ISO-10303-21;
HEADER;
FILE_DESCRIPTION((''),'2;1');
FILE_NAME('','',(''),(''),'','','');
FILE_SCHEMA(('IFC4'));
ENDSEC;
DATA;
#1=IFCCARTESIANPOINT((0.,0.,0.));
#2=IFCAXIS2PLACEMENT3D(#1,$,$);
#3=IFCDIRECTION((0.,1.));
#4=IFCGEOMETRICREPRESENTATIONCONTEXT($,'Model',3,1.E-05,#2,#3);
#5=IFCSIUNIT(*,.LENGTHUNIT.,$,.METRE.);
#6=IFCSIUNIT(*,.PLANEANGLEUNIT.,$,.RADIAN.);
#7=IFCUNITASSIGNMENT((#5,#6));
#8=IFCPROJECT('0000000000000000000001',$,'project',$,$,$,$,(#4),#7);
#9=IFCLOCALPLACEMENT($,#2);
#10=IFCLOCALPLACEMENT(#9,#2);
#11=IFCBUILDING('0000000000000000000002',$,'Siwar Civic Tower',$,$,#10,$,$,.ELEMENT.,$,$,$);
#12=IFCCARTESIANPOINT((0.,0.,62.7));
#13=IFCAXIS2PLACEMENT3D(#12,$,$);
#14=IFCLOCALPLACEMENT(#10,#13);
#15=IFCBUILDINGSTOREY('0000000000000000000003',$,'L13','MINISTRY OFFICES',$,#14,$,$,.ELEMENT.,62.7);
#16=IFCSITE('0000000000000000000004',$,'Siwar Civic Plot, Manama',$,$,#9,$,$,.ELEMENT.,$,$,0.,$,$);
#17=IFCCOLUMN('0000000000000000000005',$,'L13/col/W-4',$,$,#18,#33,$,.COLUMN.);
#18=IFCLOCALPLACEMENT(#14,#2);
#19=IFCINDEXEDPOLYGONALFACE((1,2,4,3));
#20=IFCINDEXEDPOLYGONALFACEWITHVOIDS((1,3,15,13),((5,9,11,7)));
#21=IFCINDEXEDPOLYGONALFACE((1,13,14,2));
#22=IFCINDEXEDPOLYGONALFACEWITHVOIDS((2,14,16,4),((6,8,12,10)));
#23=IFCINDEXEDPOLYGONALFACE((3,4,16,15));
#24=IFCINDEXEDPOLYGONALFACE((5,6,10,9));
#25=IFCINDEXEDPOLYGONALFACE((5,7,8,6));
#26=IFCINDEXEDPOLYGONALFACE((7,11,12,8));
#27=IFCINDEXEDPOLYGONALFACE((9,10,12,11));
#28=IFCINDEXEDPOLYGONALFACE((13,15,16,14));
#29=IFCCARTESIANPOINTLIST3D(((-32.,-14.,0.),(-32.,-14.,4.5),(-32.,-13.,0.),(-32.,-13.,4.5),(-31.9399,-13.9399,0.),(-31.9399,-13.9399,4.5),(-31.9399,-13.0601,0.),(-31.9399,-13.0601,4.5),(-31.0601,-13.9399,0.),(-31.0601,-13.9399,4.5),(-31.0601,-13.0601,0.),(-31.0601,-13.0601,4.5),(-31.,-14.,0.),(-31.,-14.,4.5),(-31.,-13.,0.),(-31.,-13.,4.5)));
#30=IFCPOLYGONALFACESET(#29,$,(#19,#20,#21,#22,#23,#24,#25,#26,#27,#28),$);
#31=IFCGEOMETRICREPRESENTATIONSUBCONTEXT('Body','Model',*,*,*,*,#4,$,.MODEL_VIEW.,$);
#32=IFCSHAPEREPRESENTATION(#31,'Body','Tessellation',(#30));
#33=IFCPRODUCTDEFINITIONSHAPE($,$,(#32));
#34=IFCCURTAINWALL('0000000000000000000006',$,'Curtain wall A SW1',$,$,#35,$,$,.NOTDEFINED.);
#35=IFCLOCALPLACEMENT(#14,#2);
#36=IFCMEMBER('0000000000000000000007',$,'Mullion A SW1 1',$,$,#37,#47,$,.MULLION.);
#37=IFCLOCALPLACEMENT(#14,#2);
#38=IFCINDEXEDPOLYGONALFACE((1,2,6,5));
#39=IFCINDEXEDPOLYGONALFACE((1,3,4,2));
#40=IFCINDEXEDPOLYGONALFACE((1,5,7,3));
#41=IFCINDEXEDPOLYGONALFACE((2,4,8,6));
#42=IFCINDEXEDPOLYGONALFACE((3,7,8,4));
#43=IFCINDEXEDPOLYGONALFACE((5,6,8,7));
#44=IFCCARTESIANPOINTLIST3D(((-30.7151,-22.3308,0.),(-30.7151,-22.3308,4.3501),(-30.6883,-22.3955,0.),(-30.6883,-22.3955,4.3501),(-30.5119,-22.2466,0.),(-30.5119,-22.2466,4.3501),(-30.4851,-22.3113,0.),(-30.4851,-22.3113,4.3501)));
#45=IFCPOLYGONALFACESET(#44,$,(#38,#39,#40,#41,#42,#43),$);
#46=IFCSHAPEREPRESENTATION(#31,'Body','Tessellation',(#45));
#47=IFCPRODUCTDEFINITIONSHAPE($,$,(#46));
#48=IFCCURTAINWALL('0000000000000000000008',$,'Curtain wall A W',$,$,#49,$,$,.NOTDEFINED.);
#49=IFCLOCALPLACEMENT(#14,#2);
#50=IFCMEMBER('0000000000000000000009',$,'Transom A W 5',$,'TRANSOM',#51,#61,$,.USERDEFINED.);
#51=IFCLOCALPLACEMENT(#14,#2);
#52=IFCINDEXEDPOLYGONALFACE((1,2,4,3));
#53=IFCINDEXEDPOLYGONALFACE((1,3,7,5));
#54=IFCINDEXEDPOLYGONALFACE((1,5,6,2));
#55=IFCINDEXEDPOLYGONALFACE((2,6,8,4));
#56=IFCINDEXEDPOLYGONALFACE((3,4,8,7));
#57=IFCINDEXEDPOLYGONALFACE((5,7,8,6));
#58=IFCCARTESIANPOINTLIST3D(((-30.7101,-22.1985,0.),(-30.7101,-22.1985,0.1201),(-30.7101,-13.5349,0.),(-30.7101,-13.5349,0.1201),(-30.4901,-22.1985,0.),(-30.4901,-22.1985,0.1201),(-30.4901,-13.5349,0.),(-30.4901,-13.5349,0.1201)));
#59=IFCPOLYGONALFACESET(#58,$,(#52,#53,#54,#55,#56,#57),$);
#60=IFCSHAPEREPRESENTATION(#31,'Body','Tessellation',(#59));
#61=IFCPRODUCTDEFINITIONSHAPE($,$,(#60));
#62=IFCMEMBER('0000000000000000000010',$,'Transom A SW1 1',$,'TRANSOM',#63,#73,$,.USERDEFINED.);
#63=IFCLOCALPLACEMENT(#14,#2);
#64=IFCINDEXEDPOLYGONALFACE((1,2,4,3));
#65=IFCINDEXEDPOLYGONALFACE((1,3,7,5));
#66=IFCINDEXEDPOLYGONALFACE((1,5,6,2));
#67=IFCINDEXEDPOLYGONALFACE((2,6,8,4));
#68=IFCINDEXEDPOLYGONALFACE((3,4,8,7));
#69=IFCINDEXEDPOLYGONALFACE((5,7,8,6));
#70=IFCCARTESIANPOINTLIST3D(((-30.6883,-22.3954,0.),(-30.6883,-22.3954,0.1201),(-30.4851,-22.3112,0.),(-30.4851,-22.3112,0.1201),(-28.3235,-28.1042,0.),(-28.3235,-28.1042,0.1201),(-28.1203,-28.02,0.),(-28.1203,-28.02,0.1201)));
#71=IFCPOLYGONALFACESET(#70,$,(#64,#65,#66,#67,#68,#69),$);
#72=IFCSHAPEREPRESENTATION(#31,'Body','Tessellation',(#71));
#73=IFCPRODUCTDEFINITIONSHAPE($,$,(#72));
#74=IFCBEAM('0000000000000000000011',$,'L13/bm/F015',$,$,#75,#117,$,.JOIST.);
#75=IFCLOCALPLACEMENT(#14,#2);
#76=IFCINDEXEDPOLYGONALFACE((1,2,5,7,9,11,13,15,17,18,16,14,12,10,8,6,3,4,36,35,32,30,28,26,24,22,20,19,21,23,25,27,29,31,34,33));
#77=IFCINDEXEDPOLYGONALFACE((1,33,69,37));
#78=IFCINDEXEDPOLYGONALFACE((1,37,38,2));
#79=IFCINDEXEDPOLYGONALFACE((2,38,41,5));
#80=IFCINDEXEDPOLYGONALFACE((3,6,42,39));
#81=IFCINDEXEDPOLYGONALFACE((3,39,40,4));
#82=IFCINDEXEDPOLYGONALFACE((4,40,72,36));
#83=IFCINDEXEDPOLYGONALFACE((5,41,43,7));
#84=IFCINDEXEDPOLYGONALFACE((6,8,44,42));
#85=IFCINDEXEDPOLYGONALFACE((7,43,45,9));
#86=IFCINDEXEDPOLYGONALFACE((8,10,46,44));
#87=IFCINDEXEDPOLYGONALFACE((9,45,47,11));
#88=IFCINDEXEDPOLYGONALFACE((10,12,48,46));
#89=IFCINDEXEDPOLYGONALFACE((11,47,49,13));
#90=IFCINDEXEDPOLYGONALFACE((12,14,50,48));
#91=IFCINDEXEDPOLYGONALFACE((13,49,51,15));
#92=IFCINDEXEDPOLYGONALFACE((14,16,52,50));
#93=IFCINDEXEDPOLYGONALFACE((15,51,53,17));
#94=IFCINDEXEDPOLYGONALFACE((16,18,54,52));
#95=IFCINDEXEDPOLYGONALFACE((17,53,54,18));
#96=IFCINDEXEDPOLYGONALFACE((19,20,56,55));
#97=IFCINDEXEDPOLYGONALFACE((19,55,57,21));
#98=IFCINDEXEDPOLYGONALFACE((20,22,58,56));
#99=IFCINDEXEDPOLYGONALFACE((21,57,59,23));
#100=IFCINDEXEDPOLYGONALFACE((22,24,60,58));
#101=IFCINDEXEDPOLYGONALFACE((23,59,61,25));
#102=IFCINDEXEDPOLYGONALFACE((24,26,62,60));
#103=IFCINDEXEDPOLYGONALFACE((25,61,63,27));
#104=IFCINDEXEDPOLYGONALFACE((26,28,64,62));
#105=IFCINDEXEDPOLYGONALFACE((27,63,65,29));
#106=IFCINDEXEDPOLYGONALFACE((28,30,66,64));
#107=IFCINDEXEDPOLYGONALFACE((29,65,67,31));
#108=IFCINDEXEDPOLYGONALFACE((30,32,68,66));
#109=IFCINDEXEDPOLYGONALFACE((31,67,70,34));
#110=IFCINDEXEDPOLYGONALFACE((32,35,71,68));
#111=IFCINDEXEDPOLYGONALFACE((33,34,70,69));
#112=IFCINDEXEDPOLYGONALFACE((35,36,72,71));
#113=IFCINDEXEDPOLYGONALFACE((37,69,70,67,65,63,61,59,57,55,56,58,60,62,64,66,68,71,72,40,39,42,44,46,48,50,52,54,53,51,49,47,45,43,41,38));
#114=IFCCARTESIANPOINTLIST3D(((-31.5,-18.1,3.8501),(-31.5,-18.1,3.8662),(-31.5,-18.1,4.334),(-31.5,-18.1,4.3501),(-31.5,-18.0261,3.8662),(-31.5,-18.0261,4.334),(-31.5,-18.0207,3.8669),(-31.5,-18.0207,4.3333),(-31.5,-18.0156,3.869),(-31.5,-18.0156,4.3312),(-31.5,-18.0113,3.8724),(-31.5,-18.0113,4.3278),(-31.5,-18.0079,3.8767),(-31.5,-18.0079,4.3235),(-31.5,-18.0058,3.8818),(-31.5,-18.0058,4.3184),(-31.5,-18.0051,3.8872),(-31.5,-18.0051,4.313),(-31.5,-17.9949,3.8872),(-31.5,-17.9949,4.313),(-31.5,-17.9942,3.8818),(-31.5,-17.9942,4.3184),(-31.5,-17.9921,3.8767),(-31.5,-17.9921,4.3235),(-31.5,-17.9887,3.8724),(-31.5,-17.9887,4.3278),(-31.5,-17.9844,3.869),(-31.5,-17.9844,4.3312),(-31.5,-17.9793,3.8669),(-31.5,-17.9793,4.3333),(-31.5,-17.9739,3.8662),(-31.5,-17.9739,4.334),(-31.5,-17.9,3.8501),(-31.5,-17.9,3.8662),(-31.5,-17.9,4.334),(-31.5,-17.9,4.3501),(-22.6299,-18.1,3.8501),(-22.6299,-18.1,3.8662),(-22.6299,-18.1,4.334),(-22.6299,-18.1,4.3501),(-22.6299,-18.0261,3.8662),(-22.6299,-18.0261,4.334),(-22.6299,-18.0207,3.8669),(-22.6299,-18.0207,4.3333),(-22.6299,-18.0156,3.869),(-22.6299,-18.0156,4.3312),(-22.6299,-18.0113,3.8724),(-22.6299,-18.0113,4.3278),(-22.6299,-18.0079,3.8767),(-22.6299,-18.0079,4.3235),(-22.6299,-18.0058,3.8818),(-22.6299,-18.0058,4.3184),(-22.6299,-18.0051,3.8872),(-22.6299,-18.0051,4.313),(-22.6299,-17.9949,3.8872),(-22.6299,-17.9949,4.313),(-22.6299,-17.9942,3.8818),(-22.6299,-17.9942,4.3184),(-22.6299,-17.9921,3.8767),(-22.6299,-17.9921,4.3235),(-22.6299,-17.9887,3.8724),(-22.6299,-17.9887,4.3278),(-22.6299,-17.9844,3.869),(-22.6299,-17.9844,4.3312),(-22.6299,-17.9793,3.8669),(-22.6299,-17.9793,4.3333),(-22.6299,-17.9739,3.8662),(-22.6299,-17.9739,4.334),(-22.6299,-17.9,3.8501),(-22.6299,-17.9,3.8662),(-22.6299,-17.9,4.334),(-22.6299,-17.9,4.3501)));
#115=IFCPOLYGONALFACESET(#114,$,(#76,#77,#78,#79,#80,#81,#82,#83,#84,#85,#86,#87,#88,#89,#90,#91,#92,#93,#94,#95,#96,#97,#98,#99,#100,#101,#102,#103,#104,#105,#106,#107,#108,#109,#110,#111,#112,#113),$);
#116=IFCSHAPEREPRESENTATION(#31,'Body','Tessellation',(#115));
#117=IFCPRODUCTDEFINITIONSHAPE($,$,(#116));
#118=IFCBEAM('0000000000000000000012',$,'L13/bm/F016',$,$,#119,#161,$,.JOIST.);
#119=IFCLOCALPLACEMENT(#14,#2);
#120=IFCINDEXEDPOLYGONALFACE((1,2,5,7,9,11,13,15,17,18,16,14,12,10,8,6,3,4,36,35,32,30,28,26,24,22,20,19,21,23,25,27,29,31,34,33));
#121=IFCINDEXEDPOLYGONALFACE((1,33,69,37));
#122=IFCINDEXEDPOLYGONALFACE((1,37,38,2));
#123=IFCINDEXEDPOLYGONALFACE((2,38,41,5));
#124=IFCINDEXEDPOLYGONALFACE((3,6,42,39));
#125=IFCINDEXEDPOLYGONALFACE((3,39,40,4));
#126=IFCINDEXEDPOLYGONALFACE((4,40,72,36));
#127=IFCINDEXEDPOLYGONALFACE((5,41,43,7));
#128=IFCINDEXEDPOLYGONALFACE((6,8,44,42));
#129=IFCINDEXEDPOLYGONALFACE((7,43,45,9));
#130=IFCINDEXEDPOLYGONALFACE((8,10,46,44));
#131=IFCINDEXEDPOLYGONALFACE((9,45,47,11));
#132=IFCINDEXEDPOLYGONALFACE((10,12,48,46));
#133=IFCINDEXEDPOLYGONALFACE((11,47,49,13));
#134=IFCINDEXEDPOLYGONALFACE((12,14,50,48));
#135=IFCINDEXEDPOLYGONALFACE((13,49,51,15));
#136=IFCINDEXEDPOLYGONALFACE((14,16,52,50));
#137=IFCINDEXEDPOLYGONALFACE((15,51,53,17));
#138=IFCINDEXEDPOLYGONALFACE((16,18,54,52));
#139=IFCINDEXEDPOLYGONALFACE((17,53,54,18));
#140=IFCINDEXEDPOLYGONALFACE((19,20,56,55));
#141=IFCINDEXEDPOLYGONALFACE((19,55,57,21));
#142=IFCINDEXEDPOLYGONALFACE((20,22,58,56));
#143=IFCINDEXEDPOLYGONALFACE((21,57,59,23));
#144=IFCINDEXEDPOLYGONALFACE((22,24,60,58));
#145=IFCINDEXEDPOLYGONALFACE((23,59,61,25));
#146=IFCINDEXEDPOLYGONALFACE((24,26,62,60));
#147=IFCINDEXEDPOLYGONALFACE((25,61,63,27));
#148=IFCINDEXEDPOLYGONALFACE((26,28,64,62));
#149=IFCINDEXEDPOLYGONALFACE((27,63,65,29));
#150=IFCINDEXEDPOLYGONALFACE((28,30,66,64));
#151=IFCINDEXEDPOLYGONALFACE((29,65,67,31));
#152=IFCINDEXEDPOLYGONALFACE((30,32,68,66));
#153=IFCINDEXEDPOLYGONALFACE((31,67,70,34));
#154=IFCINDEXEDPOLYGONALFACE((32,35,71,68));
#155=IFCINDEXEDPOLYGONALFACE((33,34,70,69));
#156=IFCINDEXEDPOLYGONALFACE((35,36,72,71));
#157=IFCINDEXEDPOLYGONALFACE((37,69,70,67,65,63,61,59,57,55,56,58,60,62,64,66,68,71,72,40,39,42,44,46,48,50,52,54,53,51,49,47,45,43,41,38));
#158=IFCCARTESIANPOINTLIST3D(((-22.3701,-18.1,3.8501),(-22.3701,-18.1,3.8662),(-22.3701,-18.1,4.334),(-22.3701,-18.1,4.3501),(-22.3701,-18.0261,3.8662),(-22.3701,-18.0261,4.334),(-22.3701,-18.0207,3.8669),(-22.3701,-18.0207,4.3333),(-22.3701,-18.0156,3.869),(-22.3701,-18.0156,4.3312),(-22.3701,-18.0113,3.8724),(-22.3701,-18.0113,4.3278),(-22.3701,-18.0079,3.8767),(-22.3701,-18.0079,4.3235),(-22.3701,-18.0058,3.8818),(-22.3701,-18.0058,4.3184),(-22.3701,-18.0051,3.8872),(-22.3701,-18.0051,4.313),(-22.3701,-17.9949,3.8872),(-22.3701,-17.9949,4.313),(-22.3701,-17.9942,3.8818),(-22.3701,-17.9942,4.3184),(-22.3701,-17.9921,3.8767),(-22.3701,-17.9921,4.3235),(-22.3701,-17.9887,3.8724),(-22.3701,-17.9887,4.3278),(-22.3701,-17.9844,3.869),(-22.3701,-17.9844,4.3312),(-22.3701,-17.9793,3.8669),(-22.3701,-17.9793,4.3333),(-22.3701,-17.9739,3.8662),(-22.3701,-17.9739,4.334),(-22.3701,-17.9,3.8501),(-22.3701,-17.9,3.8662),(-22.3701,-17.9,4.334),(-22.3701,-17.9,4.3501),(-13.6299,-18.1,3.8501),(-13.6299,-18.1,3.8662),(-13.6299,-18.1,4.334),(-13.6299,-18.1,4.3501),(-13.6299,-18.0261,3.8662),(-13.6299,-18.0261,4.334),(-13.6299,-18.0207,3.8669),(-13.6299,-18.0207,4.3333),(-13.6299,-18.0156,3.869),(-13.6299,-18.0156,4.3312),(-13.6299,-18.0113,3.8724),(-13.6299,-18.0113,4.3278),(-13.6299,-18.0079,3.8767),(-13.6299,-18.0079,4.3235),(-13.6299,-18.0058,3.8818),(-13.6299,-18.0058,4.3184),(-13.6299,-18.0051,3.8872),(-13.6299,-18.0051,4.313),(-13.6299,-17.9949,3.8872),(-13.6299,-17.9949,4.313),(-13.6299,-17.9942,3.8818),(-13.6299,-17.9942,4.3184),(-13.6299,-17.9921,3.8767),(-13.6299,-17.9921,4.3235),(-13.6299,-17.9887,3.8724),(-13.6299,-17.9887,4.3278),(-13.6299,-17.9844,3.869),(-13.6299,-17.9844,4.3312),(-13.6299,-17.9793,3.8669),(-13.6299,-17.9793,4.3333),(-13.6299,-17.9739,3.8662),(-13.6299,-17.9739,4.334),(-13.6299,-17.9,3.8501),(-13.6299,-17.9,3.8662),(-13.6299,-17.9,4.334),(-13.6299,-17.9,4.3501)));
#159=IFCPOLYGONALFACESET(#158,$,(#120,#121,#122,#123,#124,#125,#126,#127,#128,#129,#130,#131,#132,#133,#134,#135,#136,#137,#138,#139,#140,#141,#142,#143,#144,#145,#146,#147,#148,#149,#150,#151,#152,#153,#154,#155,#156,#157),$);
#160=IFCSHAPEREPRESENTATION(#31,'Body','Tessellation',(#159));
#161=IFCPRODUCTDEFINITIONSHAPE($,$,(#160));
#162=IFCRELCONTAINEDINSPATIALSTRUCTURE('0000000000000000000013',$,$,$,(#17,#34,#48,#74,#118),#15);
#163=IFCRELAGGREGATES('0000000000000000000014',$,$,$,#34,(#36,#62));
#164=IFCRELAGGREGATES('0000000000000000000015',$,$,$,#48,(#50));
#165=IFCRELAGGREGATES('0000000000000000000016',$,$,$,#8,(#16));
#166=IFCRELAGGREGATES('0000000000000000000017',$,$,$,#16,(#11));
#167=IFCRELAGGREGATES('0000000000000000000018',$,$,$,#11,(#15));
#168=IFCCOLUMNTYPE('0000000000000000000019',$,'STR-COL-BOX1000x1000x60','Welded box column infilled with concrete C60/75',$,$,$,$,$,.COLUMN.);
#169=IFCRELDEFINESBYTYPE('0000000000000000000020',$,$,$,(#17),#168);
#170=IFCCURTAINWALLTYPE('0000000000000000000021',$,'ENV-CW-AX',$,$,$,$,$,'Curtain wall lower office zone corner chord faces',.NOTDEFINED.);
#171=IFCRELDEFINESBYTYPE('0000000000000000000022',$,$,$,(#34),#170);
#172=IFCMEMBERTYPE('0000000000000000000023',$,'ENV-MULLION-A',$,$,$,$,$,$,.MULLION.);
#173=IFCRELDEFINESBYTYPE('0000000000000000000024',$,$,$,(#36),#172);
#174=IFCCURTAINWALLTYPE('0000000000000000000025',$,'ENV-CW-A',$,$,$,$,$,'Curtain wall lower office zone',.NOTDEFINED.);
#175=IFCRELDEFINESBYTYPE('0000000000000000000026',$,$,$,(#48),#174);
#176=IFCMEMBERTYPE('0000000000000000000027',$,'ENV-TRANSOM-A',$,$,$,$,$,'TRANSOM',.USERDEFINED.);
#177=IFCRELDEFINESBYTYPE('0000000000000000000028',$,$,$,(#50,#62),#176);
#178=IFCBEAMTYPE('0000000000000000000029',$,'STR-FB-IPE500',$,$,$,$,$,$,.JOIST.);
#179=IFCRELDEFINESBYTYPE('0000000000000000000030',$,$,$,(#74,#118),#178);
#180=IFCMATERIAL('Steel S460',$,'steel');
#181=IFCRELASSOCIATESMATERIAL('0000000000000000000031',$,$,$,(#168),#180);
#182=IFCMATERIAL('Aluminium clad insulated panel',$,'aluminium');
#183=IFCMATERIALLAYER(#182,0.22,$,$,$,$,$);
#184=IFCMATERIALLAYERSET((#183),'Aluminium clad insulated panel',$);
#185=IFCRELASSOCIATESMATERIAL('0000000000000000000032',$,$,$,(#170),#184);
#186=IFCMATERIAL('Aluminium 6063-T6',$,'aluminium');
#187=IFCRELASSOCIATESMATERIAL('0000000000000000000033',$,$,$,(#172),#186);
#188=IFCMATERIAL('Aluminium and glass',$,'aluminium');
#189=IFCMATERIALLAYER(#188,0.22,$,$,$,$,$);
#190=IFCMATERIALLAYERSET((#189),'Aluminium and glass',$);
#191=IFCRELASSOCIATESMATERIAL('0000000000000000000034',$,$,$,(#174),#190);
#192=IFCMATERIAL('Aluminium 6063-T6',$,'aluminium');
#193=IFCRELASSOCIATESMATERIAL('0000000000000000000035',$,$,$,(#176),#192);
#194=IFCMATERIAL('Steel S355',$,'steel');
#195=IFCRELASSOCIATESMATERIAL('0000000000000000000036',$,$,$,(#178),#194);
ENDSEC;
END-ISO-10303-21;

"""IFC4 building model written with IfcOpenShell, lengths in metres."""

from ifc_helpers import new_model, si_unit, direction, frame, origin, origin_2d, place, context, subcontext, project, spatial, rectangle, hollow_rectangle, i_section, extrude, material, layer, layer_set, material_profile, profile_set, type_object, element, aggregate, save


model = new_model("IFC4")

# Units and contexts
model_context = context("Model", 3, precision=1e-05, world=origin(), true_north=direction((0.0, 1.0)))
body_context = subcontext(model_context, "Body", "Model", "MODEL_VIEW")
ifc_project = project(units=[si_unit("LENGTHUNIT", "METRE"), si_unit("PLANEANGLEUNIT", "RADIAN")], contexts=[model_context])

# Site, building, storey
site_placement = place(None, origin())
site = spatial("IfcSite", under=ifc_project, at=site_placement, Name="Siwar Civic Plot, Manama", CompositionType="ELEMENT", RefElevation=0.0)
building_placement = place(site_placement, origin())
building = spatial("IfcBuilding", under=site, at=building_placement, Name="Siwar Civic Tower", CompositionType="ELEMENT")
storey_placement = place(building_placement, frame((0.0, 0.0, 62.7)))
storey = spatial("IfcBuildingStorey", under=building, at=storey_placement, Name="L13", Description="MINISTRY OFFICES", CompositionType="ELEMENT", Elevation=62.7)

# Column
ifc_material_1 = material(Name="Steel S460", Category="steel")
ifc_material_profile_1 = material_profile(ifc_material_1, hollow_rectangle(XDim=1.0, YDim=1.0, WallThickness=0.0601, at=origin_2d()), Name="BOX1000x1000x60")
ifc_profile_set_1 = profile_set([ifc_material_profile_1], Name="Steel S460")
column_type = type_object("IfcColumnType", Name="STR-COL-BOX1000x1000x60", Description="Welded box column infilled with concrete C60/75", PredefinedType="COLUMN", material=ifc_profile_set_1)
column_placement = place(storey_placement, frame((-31.5, -13.5, 0.0), z_axis=(0.0, 0.0, 1.0), x_axis=(1.0, 0.0, 0.0)))
element("IfcColumn", 1, at=column_placement, inside=storey, type_object=column_type, Name="L13/col/W-4", PredefinedType="COLUMN", context=body_context, shape_type="SweptSolid", body=[
    extrude(hollow_rectangle(XDim=1.0, YDim=1.0, WallThickness=0.0601, at=origin_2d()), origin(), (0.0, 0.0, 1.0), 4.5),
])

# Curtain walls, members
ifc_material_2 = material(Name="Aluminium clad insulated panel", Category="aluminium")
ifc_layer_1 = layer(ifc_material_2, 0.22)
ifc_layer_set_1 = layer_set([ifc_layer_1], Name="Aluminium clad insulated panel")
curtain_wall_type_1 = type_object("IfcCurtainWallType", Name="ENV-CW-AX", ElementType="Curtain wall lower office zone corner chord faces", PredefinedType="NOTDEFINED", material=ifc_layer_set_1)
curtain_wall_1_placement = place(storey_placement, origin())
curtain_wall_1 = element("IfcCurtainWall", 2, at=curtain_wall_1_placement, inside=storey, type_object=curtain_wall_type_1, Name="Curtain wall A SW1", PredefinedType="NOTDEFINED")
ifc_material_3 = material(Name="Aluminium 6063-T6", Category="aluminium")
ifc_material_profile_2 = material_profile(ifc_material_3, rectangle(XDim=0.22, YDim=0.0701, at=origin_2d()), Name="AL 220x70")
ifc_profile_set_2 = profile_set([ifc_material_profile_2], Name="Aluminium 6063-T6")
member_type_1 = type_object("IfcMemberType", Name="ENV-MULLION-A", PredefinedType="MULLION", material=ifc_profile_set_2)
member_1_placement = place(storey_placement, frame((-30.6001, -22.321, 0.0), z_axis=(0.0, 0.0, 1.0), x_axis=(0.92388, 0.382683, 0.0)))
member_1 = element("IfcMember", 3, at=member_1_placement, type_object=member_type_1, Name="Mullion A SW1 1", PredefinedType="MULLION", context=body_context, shape_type="SweptSolid", body=[
    extrude(rectangle(XDim=0.22, YDim=0.0701, at=origin_2d()), origin(), (0.0, 0.0, 1.0), 4.3501),
])
ifc_material_4 = material(Name="Aluminium and glass", Category="aluminium")
ifc_layer_2 = layer(ifc_material_4, 0.22)
ifc_layer_set_2 = layer_set([ifc_layer_2], Name="Aluminium and glass")
curtain_wall_type_2 = type_object("IfcCurtainWallType", Name="ENV-CW-A", ElementType="Curtain wall lower office zone", PredefinedType="NOTDEFINED", material=ifc_layer_set_2)
curtain_wall_2_placement = place(storey_placement, origin())
curtain_wall_2 = element("IfcCurtainWall", 4, at=curtain_wall_2_placement, inside=storey, type_object=curtain_wall_type_2, Name="Curtain wall A W", PredefinedType="NOTDEFINED")
ifc_material_5 = material(Name="Aluminium 6063-T6", Category="aluminium")
ifc_material_profile_3 = material_profile(ifc_material_5, rectangle(XDim=0.22, YDim=0.1201, at=origin_2d()), Name="AL 220x120")
ifc_profile_set_3 = profile_set([ifc_material_profile_3], Name="Aluminium 6063-T6")
member_type_2 = type_object("IfcMemberType", Name="ENV-TRANSOM-A", ElementType="TRANSOM", PredefinedType="USERDEFINED", material=ifc_profile_set_3)
member_2_placement = place(storey_placement, frame((-30.6001, -13.5349, 0.0601), z_axis=(0.0, -1.0, 0.0), x_axis=(1.0, 0.0, 0.0)))
member_2 = element("IfcMember", 5, at=member_2_placement, type_object=member_type_2, Name="Transom A W 5", ObjectType="TRANSOM", PredefinedType="USERDEFINED", context=body_context, shape_type="SweptSolid", body=[
    extrude(rectangle(XDim=0.22, YDim=0.1201, at=origin_2d()), origin(), (0.0, 0.0, 1.0), 8.6636),
])

# Member
member_3_placement = place(storey_placement, frame((-30.5867, -22.3533, 0.0601), z_axis=(0.382698, -0.923873, 0.0), x_axis=(0.923873, 0.382698, 0.0)))
member_3 = element("IfcMember", 6, at=member_3_placement, type_object=member_type_2, Name="Transom A SW1 1", ObjectType="TRANSOM", PredefinedType="USERDEFINED", context=body_context, shape_type="SweptSolid", body=[
    extrude(rectangle(XDim=0.22, YDim=0.1201, at=origin_2d()), origin(), (0.0, 0.0, 1.0), 6.1792),
])
aggregate(curtain_wall_1, [member_1, member_3])

# Beams
ifc_material_6 = material(Name="Steel S355", Category="steel")
ifc_material_profile_4 = material_profile(ifc_material_6, i_section(OverallWidth=0.2, OverallDepth=0.5, WebThickness=0.0103, FlangeThickness=0.0161, FilletRadius=0.021, at=origin_2d()), Name="IPE500")
ifc_profile_set_4 = profile_set([ifc_material_profile_4], Name="Steel S355")
beam_type_1 = type_object("IfcBeamType", Name="STR-FB-IPE500", PredefinedType="JOIST", material=ifc_profile_set_4)
beam_1_placement = place(storey_placement, frame((-31.5, -18.0, 4.1001), z_axis=(1.0, 0.0, 0.0), x_axis=(0.0, 1.0, 0.0)))
element("IfcBeam", 7, at=beam_1_placement, inside=storey, type_object=beam_type_1, Name="L13/bm/F015", PredefinedType="JOIST", context=body_context, shape_type="SweptSolid", body=[
    extrude(i_section(OverallWidth=0.2, OverallDepth=0.5, WebThickness=0.0103, FlangeThickness=0.0161, FilletRadius=0.021, at=origin_2d()), origin(), (0.0, 0.0, 1.0), 8.8701),
])
beam_2_placement = place(storey_placement, frame((-22.3701, -18.0, 4.1001), z_axis=(1.0, 0.0, 0.0), x_axis=(0.0, 1.0, 0.0)))
element("IfcBeam", 8, at=beam_2_placement, inside=storey, type_object=beam_type_1, Name="L13/bm/F016", PredefinedType="JOIST", context=body_context, shape_type="SweptSolid", body=[
    extrude(i_section(OverallWidth=0.2, OverallDepth=0.5, WebThickness=0.0103, FlangeThickness=0.0161, FilletRadius=0.021, at=origin_2d()), origin(), (0.0, 0.0, 1.0), 8.7402),
])

aggregate(curtain_wall_2, [member_2])

save(model, "model.ifc")
